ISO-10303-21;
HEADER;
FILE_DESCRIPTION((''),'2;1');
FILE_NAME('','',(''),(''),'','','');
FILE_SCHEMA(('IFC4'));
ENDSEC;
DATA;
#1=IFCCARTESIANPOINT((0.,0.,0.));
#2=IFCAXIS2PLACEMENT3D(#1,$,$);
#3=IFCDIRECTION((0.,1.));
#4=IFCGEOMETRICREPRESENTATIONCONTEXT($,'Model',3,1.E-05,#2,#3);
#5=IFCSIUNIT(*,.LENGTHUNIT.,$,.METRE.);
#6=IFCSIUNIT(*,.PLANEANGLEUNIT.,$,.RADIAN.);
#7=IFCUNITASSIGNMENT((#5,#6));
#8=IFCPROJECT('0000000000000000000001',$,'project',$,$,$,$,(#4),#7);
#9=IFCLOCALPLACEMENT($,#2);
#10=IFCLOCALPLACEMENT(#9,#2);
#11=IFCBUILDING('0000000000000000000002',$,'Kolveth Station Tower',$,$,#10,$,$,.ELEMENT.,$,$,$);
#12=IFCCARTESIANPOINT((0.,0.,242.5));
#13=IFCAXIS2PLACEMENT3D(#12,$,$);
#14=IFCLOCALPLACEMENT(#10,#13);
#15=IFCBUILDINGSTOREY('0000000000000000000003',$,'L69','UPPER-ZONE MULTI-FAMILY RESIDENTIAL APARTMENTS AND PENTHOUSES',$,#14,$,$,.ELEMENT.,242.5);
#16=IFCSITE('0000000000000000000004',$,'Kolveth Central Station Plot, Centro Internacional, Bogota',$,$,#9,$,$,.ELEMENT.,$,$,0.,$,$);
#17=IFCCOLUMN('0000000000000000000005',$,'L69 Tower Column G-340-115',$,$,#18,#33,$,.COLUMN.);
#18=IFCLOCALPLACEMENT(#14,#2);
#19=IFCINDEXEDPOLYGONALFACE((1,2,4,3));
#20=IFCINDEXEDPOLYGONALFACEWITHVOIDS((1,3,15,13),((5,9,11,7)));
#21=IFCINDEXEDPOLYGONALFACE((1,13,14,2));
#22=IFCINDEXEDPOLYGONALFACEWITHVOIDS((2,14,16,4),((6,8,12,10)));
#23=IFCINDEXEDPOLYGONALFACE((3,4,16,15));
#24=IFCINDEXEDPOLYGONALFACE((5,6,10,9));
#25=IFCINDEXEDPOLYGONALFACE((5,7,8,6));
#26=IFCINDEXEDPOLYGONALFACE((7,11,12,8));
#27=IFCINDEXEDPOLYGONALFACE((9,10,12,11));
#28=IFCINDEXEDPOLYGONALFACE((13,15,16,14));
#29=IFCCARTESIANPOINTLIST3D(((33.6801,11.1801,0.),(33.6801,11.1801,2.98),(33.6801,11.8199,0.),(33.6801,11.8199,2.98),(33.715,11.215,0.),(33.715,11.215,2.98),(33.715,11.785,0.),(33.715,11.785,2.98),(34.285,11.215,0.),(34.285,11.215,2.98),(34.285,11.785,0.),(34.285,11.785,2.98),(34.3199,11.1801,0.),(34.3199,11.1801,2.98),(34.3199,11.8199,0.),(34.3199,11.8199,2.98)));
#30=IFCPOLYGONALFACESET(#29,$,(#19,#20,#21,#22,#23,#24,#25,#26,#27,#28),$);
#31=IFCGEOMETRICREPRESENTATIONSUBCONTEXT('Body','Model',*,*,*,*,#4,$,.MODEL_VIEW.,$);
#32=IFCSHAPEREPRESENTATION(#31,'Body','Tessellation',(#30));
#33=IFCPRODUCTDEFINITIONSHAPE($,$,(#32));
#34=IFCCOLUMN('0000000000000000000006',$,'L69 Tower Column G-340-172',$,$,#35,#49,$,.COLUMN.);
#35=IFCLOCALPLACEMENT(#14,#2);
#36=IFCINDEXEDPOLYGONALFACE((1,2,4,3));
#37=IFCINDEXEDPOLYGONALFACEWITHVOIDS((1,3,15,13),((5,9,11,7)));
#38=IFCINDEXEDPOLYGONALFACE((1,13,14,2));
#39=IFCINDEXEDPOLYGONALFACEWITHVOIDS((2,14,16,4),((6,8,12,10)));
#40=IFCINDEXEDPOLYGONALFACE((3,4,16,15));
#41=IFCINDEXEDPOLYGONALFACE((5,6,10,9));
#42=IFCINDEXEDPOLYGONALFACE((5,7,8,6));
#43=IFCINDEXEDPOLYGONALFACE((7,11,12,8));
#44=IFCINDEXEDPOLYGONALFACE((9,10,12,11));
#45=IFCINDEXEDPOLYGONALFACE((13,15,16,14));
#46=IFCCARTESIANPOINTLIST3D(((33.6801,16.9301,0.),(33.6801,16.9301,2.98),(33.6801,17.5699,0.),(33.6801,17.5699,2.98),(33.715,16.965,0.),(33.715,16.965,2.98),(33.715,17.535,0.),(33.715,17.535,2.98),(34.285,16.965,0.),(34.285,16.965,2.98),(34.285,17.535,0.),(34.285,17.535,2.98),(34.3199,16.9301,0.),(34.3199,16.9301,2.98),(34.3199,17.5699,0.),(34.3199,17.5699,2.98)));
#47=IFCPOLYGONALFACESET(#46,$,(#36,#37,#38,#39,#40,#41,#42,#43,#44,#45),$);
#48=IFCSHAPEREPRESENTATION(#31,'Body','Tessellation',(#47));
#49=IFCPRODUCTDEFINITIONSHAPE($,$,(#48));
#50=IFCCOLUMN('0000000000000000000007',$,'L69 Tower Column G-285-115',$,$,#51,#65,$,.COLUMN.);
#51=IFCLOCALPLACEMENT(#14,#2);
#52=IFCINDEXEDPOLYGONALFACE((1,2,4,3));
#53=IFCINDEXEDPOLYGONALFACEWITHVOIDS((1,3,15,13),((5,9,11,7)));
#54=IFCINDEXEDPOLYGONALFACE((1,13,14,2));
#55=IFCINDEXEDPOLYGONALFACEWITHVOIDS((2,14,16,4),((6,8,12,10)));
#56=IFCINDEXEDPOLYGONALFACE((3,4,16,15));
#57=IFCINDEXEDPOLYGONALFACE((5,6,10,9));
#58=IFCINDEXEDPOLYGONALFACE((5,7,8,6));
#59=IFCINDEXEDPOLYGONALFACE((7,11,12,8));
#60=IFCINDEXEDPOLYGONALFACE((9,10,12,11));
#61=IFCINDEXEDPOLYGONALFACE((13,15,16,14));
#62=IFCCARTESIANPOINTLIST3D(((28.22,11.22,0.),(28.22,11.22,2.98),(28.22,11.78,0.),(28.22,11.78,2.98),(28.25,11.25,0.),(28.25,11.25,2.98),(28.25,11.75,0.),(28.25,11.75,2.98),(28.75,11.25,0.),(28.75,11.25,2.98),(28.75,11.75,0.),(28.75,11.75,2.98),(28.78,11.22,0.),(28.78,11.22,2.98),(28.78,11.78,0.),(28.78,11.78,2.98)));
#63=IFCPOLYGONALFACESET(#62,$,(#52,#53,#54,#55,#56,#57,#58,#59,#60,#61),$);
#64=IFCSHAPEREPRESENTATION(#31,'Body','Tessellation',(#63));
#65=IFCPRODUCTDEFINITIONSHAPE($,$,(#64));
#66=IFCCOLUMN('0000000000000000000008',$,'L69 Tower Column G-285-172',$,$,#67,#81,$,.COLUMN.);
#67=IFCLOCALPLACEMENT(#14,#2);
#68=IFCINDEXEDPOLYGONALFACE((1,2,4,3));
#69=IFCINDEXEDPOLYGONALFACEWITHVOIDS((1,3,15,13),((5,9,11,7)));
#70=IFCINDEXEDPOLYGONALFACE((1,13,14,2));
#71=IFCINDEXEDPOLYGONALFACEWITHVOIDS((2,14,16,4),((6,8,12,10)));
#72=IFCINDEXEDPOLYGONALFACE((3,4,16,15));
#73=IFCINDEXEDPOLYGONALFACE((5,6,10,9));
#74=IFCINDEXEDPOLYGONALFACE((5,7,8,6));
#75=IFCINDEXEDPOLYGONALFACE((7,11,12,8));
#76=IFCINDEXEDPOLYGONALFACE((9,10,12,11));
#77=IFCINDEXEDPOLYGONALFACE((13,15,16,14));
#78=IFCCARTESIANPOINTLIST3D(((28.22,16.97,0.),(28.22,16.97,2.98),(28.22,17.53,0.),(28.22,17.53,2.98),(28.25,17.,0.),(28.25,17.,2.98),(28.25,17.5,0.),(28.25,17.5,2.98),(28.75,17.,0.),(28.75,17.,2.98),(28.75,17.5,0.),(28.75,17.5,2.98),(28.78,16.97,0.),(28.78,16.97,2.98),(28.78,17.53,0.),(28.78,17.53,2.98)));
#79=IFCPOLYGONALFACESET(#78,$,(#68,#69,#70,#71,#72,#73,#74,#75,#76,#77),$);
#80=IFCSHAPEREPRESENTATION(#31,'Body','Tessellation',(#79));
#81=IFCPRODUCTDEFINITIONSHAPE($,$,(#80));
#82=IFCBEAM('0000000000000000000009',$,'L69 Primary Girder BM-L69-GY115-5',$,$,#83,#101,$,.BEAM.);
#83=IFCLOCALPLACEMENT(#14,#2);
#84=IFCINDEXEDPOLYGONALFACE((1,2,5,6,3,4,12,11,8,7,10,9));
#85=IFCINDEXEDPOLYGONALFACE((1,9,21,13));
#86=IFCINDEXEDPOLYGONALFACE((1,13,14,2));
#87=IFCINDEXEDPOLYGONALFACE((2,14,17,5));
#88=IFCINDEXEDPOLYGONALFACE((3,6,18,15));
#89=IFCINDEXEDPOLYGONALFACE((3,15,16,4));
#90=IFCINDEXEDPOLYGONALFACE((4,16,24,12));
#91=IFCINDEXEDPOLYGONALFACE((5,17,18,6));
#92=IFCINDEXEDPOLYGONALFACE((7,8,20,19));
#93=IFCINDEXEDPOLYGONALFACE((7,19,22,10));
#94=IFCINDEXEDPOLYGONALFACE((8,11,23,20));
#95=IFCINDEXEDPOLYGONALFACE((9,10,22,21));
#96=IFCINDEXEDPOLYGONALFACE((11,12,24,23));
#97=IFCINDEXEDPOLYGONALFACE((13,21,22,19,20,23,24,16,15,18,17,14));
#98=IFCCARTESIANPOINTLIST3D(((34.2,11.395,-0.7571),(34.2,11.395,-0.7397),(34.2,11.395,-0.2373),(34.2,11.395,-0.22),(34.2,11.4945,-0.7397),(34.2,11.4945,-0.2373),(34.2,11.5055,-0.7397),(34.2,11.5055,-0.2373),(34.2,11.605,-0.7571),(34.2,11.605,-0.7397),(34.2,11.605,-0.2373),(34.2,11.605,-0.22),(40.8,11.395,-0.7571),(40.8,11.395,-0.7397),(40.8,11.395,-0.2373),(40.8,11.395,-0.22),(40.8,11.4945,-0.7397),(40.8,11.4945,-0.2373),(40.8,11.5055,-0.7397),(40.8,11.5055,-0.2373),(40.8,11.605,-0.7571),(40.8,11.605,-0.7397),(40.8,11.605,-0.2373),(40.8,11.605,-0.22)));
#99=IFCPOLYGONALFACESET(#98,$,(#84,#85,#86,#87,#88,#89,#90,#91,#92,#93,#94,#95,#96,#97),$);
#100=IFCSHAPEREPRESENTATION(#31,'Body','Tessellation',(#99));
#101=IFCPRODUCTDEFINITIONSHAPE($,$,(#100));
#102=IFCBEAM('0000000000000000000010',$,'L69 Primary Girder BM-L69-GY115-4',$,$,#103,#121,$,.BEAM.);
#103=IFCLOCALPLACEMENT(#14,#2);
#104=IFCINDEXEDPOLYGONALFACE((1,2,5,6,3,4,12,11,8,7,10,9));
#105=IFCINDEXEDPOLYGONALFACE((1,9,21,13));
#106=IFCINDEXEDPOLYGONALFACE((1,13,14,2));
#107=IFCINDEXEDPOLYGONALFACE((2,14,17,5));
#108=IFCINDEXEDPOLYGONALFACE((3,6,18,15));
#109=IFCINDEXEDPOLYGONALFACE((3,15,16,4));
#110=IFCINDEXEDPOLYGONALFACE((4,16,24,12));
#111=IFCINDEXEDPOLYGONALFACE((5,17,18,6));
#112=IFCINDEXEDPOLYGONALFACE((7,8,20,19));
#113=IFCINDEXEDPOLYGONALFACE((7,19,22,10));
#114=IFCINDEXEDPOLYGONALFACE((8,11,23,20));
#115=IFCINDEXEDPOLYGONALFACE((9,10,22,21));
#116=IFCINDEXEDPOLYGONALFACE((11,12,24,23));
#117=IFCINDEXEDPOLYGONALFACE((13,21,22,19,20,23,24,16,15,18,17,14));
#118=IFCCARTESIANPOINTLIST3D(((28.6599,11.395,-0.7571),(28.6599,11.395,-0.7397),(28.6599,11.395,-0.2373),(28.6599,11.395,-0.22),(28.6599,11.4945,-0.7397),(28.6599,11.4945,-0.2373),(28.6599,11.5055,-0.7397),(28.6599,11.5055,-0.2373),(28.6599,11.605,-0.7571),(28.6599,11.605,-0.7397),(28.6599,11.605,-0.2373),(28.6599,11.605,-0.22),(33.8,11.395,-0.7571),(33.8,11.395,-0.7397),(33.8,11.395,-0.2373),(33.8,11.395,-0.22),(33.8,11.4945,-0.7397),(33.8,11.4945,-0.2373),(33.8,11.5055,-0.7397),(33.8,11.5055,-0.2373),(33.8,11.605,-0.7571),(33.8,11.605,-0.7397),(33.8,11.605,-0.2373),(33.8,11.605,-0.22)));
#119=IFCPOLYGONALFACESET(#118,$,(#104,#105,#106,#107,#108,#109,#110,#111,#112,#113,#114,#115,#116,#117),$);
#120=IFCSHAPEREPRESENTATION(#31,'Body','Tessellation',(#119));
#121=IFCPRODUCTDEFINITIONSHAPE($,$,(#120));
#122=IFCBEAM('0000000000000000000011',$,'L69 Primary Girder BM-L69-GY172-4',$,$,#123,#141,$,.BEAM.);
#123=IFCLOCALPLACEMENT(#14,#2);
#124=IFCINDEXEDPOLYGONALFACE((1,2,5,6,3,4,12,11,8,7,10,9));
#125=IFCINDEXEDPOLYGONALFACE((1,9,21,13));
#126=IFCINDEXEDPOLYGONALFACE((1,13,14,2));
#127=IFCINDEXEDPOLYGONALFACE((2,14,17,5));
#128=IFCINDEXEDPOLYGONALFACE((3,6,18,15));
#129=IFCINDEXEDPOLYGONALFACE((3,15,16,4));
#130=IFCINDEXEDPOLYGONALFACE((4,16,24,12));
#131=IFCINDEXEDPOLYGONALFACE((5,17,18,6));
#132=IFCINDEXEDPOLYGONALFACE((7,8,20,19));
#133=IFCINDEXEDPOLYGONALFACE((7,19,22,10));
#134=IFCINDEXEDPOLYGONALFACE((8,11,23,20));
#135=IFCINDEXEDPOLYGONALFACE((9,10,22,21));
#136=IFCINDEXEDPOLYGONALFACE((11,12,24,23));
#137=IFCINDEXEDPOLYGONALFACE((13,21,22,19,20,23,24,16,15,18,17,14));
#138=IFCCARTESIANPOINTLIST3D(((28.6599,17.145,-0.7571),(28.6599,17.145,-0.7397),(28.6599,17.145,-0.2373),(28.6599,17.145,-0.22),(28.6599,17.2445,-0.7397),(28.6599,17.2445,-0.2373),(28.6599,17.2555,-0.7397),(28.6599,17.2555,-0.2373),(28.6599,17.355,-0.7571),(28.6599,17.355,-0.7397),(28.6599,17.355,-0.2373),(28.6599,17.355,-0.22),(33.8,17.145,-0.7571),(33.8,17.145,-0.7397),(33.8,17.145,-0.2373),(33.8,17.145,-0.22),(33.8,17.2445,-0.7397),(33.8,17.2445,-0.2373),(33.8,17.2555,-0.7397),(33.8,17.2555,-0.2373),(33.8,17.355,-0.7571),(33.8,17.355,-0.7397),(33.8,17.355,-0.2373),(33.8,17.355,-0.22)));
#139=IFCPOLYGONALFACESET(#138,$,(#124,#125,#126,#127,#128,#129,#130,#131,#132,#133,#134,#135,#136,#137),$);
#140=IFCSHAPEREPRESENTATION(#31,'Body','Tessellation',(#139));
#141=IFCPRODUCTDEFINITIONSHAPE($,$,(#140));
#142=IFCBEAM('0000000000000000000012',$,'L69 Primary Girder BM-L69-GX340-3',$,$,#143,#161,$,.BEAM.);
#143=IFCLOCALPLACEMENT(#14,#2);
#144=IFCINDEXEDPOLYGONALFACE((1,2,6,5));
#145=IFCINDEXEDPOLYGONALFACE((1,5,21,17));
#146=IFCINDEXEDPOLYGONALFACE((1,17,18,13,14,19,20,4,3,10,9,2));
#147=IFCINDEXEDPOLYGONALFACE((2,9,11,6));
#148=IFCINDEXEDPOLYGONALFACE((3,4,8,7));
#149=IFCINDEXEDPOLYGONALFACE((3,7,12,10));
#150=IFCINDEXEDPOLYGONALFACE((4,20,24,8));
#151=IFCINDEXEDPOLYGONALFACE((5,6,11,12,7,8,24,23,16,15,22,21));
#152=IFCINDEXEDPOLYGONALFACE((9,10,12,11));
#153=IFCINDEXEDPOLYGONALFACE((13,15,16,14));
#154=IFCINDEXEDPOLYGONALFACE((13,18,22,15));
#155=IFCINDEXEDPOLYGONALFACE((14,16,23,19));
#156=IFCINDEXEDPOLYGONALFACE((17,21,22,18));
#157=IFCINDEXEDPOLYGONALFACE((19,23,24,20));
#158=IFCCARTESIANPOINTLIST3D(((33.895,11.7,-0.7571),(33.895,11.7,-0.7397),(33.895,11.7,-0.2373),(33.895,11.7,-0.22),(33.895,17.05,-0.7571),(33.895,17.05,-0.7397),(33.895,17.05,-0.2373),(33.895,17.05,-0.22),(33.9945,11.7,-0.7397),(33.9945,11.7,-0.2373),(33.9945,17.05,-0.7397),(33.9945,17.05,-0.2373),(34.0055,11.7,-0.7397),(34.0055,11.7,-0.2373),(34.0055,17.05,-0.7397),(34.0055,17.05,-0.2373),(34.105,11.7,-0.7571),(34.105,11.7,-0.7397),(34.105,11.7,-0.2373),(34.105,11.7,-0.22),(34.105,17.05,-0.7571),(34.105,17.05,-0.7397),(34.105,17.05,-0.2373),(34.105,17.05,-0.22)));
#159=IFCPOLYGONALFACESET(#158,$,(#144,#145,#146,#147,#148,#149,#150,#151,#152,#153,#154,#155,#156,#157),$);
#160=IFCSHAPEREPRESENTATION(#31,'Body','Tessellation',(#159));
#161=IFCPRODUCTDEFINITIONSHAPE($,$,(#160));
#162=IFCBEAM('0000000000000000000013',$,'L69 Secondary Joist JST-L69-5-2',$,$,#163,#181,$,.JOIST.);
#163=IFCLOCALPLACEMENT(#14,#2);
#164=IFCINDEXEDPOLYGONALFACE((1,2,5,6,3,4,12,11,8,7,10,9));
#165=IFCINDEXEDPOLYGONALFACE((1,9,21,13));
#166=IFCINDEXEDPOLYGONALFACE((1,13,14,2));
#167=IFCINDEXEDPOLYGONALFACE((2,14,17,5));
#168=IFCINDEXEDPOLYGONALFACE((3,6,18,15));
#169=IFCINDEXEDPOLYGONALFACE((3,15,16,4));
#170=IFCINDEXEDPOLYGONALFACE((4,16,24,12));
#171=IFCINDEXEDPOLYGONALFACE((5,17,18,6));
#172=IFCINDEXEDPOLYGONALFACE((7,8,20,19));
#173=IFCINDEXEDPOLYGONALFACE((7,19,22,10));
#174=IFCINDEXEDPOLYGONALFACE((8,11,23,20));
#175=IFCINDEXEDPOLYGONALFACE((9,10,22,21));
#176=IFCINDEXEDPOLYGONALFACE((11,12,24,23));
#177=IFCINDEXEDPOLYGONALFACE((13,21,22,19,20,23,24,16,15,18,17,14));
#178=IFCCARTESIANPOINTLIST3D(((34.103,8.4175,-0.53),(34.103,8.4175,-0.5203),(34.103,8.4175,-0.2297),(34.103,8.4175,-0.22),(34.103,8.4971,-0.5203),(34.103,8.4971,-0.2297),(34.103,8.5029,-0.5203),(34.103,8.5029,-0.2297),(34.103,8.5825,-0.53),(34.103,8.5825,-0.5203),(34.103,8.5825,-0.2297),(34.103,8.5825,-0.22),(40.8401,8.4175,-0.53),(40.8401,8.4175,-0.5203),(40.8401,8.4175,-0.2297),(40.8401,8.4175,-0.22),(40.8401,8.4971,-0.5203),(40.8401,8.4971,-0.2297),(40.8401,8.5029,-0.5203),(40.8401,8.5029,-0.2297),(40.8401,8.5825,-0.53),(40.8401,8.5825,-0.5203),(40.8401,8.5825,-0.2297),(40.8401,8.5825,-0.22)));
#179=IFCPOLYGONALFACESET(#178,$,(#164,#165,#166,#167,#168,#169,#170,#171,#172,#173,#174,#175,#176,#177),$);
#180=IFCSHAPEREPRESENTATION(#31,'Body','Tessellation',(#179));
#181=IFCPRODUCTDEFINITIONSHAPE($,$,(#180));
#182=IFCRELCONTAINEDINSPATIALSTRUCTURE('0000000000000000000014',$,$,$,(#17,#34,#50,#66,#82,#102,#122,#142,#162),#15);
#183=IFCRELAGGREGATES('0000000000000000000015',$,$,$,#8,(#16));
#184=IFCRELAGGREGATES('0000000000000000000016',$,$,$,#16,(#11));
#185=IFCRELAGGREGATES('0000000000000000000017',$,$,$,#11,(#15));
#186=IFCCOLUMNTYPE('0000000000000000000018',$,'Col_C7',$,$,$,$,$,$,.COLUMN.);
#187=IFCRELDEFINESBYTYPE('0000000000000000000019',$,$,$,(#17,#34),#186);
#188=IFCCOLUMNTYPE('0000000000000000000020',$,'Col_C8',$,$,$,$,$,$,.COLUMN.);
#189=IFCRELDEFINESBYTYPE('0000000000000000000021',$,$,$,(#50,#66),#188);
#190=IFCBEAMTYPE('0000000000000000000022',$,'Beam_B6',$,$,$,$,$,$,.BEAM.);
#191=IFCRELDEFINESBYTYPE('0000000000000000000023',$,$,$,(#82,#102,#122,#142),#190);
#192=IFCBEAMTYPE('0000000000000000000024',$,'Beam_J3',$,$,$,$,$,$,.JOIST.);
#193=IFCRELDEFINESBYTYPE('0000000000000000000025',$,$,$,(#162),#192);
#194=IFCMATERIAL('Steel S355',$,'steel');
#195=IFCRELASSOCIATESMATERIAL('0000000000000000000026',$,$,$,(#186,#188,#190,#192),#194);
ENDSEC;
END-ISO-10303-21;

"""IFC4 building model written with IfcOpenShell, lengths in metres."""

from ifc_helpers import new_model, si_unit, direction, frame, origin, origin_2d, place, context, subcontext, project, spatial, hollow_rectangle, i_section, extrude, source, transform, mapped, material, material_profile, profile_set, type_object, element, save


model = new_model("IFC4")

# Units and contexts
model_context = context("Model", 3, precision=1e-05, world=origin(), true_north=direction((0.0, 1.0)))
body_context = subcontext(model_context, "Body", "Model", "MODEL_VIEW")
ifc_project = project(units=[si_unit("LENGTHUNIT", "METRE"), si_unit("PLANEANGLEUNIT", "RADIAN")], contexts=[model_context])

# Site, building, storey
site_placement = place(None, origin())
site = spatial("IfcSite", under=ifc_project, at=site_placement, Name="Kolveth Central Station Plot, Centro Internacional, Bogota", CompositionType="ELEMENT", RefElevation=0.0)
building_placement = place(site_placement, origin())
building = spatial("IfcBuilding", under=site, at=building_placement, Name="Kolveth Station Tower", CompositionType="ELEMENT")
storey_placement = place(building_placement, frame((0.0, 0.0, 242.5)))
storey = spatial("IfcBuildingStorey", under=building, at=storey_placement, Name="L69", Description="UPPER-ZONE MULTI-FAMILY RESIDENTIAL APARTMENTS AND PENTHOUSES", CompositionType="ELEMENT", Elevation=242.5)

# Columns
ifc_material_1 = material(Name="Steel S355", Category="steel")
ifc_material_profile_1 = material_profile(ifc_material_1, hollow_rectangle(XDim=0.6399, YDim=0.6399, WallThickness=0.0349, at=origin_2d()), Name="BOX640x640x35")
ifc_profile_set_1 = profile_set([ifc_material_profile_1], Name="Steel S355")
column_type_1 = type_object("IfcColumnType", Name="Col_C7", PredefinedType="COLUMN", material=ifc_profile_set_1)
shared_shape_1 = source(origin(), body_context, "Body", "SweptSolid", [
    extrude(hollow_rectangle(XDim=0.6399, YDim=0.6399, WallThickness=0.0349, at=origin_2d()), origin(), (0.0, 0.0, 1.0), 2.98),
])
for number, where, z_axis, x_axis, name in (
    (1, (34.0, 11.5, 0.0), (0.0, 0.0, 1.0), (1.0, 0.0, 0.0), "L69 Tower Column G-340-115"),
    (2, (34.0, 17.25, 0.0), (0.0, 0.0, 1.0), (1.0, 0.0, 0.0), "L69 Tower Column G-340-172"),
):
    element("IfcColumn", number, at=place(storey_placement, frame(where, z_axis=z_axis, x_axis=x_axis)), inside=storey, type_object=column_type_1, Name=name, PredefinedType="COLUMN", context=body_context, shape_type="MappedRepresentation", body=[
        mapped(shared_shape_1, transform((0.0, 0.0, 0.0), x_axis=(1.0, 0.0, 0.0), y_axis=(0.0, 1.0, 0.0), z_axis=(0.0, 0.0, 1.0), scale=1.0)),
    ])
ifc_material_profile_2 = material_profile(ifc_material_1, hollow_rectangle(XDim=0.5601, YDim=0.5601, WallThickness=0.03, at=origin_2d()), Name="BOX560x560x30")
ifc_profile_set_2 = profile_set([ifc_material_profile_2], Name="Steel S355")
column_type_2 = type_object("IfcColumnType", Name="Col_C8", PredefinedType="COLUMN", material=ifc_profile_set_2)
shared_shape_2 = source(origin(), body_context, "Body", "SweptSolid", [
    extrude(hollow_rectangle(XDim=0.5601, YDim=0.5601, WallThickness=0.03, at=origin_2d()), origin(), (0.0, 0.0, 1.0), 2.98),
])
for number, where, z_axis, x_axis, name in (
    (3, (28.5, 11.5, 0.0), (0.0, 0.0, 1.0), (1.0, 0.0, 0.0), "L69 Tower Column G-285-115"),
    (4, (28.5, 17.25, 0.0), (0.0, 0.0, 1.0), (1.0, 0.0, 0.0), "L69 Tower Column G-285-172"),
):
    element("IfcColumn", number, at=place(storey_placement, frame(where, z_axis=z_axis, x_axis=x_axis)), inside=storey, type_object=column_type_2, Name=name, PredefinedType="COLUMN", context=body_context, shape_type="MappedRepresentation", body=[
        mapped(shared_shape_2, transform((0.0, 0.0, 0.0), x_axis=(1.0, 0.0, 0.0), y_axis=(0.0, 1.0, 0.0), z_axis=(0.0, 0.0, 1.0), scale=1.0)),
    ])

# Beams
ifc_material_profile_3 = material_profile(ifc_material_1, i_section(OverallWidth=0.21, OverallDepth=0.5371, WebThickness=0.011, FlangeThickness=0.0173, at=origin_2d()), Name="W530x101")
ifc_profile_set_3 = profile_set([ifc_material_profile_3], Name="Steel S355")
beam_type_1 = type_object("IfcBeamType", Name="Beam_B6", PredefinedType="BEAM", material=ifc_profile_set_3)
shared_shape_3 = source(origin(), body_context, "Body", "SweptSolid", [
    extrude(i_section(OverallWidth=0.21, OverallDepth=0.5371, WebThickness=0.011, FlangeThickness=0.0173, at=origin_2d()), origin(), (0.0, 0.0, 1.0), 6.6001),
])
beam_1_placement = place(storey_placement, frame((34.2, 11.5, -0.4885), z_axis=(1.0, 0.0, 0.0), x_axis=(0.0, 1.0, 0.0)))
element("IfcBeam", 5, at=beam_1_placement, inside=storey, type_object=beam_type_1, Name="L69 Primary Girder BM-L69-GY115-5", PredefinedType="BEAM", context=body_context, shape_type="MappedRepresentation", body=[
    mapped(shared_shape_3, transform((0.0, 0.0, 0.0), x_axis=(1.0, 0.0, 0.0), y_axis=(0.0, 1.0, 0.0), z_axis=(0.0, 0.0, 1.0), scale=1.0)),
])
shared_shape_4 = source(origin(), body_context, "Body", "SweptSolid", [
    extrude(i_section(OverallWidth=0.21, OverallDepth=0.5371, WebThickness=0.011, FlangeThickness=0.0173, at=origin_2d()), origin(), (0.0, 0.0, 1.0), 5.1401),
])
for number, where, z_axis, x_axis, name in (
    (6, (28.6599, 11.5, -0.4885), (1.0, 0.0, 0.0), (0.0, 1.0, 0.0), "L69 Primary Girder BM-L69-GY115-4"),
    (7, (28.6599, 17.25, -0.4885), (1.0, 0.0, 0.0), (0.0, 1.0, 0.0), "L69 Primary Girder BM-L69-GY172-4"),
):
    element("IfcBeam", number, at=place(storey_placement, frame(where, z_axis=z_axis, x_axis=x_axis)), inside=storey, type_object=beam_type_1, Name=name, PredefinedType="BEAM", context=body_context, shape_type="MappedRepresentation", body=[
        mapped(shared_shape_4, transform((0.0, 0.0, 0.0), x_axis=(1.0, 0.0, 0.0), y_axis=(0.0, 1.0, 0.0), z_axis=(0.0, 0.0, 1.0), scale=1.0)),
    ])
shared_shape_5 = source(origin(), body_context, "Body", "SweptSolid", [
    extrude(i_section(OverallWidth=0.21, OverallDepth=0.5371, WebThickness=0.011, FlangeThickness=0.0173, at=origin_2d()), origin(), (0.0, 0.0, 1.0), 5.3501),
])
beam_2_placement = place(storey_placement, frame((34.0, 11.7, -0.4885), z_axis=(0.0, 1.0, 0.0), x_axis=(-1.0, 0.0, 0.0)))
element("IfcBeam", 8, at=beam_2_placement, inside=storey, type_object=beam_type_1, Name="L69 Primary Girder BM-L69-GX340-3", PredefinedType="BEAM", context=body_context, shape_type="MappedRepresentation", body=[
    mapped(shared_shape_5, transform((0.0, 0.0, 0.0), x_axis=(1.0, 0.0, 0.0), y_axis=(0.0, 1.0, 0.0), z_axis=(0.0, 0.0, 1.0), scale=1.0)),
])
ifc_material_profile_4 = material_profile(ifc_material_1, i_section(OverallWidth=0.165, OverallDepth=0.3101, WebThickness=0.0059, FlangeThickness=0.0098, at=origin_2d()), Name="W310x39")
ifc_profile_set_4 = profile_set([ifc_material_profile_4], Name="Steel S355")
beam_type_2 = type_object("IfcBeamType", Name="Beam_J3", PredefinedType="JOIST", material=ifc_profile_set_4)
shared_shape_6 = source(origin(), body_context, "Body", "SweptSolid", [
    extrude(i_section(OverallWidth=0.165, OverallDepth=0.3101, WebThickness=0.0059, FlangeThickness=0.0098, at=origin_2d()), origin(), (0.0, 0.0, 1.0), 6.7371),
])
for number, where, z_axis, x_axis, name in (
    (9, (34.103, 8.5, -0.375), (1.0, 0.0, 0.0), (0.0, 1.0, 0.0), "L69 Secondary Joist JST-L69-5-2"),
):
    element("IfcBeam", number, at=place(storey_placement, frame(where, z_axis=z_axis, x_axis=x_axis)), inside=storey, type_object=beam_type_2, Name=name, PredefinedType="JOIST", context=body_context, shape_type="MappedRepresentation", body=[
        mapped(shared_shape_6, transform((0.0, 0.0, 0.0), x_axis=(1.0, 0.0, 0.0), y_axis=(0.0, 1.0, 0.0), z_axis=(0.0, 0.0, 1.0), scale=1.0)),
    ])

save(model, "model.ifc")
